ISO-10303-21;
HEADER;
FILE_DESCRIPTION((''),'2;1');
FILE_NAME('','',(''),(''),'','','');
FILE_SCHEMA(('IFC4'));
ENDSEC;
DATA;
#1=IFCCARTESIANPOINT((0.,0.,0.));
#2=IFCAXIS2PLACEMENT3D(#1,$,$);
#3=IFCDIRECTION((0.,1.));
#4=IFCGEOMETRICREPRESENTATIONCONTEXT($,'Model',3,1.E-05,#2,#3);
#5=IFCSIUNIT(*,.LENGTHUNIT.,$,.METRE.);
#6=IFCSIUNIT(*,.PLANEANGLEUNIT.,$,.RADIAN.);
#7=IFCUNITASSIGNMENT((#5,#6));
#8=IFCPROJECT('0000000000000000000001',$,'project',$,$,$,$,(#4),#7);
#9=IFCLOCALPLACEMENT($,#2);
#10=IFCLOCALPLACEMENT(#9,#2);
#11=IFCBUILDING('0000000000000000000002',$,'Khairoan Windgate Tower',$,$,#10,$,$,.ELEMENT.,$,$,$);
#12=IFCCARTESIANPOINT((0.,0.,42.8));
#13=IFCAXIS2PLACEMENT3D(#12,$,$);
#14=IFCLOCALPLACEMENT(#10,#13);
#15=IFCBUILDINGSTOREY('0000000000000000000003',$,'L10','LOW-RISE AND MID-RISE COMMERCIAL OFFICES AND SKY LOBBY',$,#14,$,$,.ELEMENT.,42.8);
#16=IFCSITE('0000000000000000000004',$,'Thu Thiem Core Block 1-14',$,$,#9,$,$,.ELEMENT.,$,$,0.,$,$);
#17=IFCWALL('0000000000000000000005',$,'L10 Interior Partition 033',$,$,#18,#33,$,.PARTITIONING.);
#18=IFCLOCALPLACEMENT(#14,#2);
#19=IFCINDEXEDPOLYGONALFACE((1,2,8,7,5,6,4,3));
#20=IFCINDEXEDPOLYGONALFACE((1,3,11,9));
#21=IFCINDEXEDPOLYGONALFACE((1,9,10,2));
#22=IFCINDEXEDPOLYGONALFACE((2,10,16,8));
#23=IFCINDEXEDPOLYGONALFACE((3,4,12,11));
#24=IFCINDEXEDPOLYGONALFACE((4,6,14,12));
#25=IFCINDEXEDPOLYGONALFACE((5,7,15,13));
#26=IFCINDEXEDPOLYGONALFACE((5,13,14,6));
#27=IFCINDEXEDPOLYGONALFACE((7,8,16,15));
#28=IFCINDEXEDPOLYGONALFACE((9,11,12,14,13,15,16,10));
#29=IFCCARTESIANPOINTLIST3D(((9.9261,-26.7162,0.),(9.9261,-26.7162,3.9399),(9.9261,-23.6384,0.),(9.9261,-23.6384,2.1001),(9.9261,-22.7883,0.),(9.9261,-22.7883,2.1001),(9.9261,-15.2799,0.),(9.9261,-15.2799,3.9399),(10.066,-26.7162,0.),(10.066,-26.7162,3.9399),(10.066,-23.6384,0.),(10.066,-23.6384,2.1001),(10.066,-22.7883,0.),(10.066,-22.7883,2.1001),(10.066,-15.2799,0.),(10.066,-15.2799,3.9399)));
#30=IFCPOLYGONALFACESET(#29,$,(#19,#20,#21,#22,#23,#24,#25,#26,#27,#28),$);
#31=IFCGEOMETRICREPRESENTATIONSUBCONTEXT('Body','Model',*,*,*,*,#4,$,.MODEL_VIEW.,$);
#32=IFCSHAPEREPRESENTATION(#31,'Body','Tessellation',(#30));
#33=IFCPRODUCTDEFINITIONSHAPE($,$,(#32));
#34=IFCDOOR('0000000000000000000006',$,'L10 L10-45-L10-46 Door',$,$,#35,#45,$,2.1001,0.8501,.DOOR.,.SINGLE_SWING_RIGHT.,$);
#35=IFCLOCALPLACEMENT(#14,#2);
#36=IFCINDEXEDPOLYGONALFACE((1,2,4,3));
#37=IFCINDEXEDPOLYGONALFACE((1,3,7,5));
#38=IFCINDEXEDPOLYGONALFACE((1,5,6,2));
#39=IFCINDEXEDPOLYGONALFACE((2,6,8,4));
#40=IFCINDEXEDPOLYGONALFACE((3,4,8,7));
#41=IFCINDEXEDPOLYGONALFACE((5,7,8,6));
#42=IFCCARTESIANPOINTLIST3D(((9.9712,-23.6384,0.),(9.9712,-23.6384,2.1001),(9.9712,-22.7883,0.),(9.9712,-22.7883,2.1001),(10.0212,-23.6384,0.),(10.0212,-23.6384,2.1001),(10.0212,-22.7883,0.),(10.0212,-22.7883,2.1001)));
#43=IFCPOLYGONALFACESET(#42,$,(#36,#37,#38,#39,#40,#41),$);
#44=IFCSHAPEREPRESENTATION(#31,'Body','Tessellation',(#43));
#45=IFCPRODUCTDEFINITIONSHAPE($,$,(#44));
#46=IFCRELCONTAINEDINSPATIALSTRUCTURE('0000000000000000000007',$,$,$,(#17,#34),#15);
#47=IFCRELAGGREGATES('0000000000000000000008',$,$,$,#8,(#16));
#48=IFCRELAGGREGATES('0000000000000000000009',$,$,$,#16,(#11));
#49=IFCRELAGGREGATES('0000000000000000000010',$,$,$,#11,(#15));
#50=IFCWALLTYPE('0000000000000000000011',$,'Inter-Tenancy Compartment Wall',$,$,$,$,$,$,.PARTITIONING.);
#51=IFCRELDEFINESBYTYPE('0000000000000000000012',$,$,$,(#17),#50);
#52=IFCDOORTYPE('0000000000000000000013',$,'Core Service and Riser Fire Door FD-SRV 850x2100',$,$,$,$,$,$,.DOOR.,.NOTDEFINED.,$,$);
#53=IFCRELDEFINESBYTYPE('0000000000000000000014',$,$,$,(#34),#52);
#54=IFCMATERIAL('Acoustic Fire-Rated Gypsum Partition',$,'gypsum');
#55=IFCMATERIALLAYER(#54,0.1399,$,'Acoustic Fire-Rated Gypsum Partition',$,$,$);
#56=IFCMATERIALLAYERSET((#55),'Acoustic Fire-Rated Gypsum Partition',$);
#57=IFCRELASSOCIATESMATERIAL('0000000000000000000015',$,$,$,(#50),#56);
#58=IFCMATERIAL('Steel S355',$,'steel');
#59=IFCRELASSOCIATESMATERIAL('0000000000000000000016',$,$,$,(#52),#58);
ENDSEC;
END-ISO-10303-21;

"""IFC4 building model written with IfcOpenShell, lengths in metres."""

from ifc_helpers import new_model, si_unit, direction, frame, frame_2d, origin, place, context, subcontext, project, spatial, rectangle, extrude, material, layer, layer_set, type_object, element, fill, save


model = new_model("IFC4")

# Units and contexts
model_context = context("Model", 3, precision=1e-05, world=origin(), true_north=direction((0.0, 1.0)))
body_context = subcontext(model_context, "Body", "Model", "MODEL_VIEW")
ifc_project = project(units=[si_unit("LENGTHUNIT", "METRE"), si_unit("PLANEANGLEUNIT", "RADIAN")], contexts=[model_context])

# Site, building, storey
site_placement = place(None, origin())
site = spatial("IfcSite", under=ifc_project, at=site_placement, Name="Thu Thiem Core Block 1-14", CompositionType="ELEMENT", RefElevation=0.0)
building_placement = place(site_placement, origin())
building = spatial("IfcBuilding", under=site, at=building_placement, Name="Khairoan Windgate Tower", CompositionType="ELEMENT")
storey_placement = place(building_placement, frame((0.0, 0.0, 42.8)))
storey = spatial("IfcBuildingStorey", under=building, at=storey_placement, Name="L10", Description="LOW-RISE AND MID-RISE COMMERCIAL OFFICES AND SKY LOBBY", CompositionType="ELEMENT", Elevation=42.8)

# Wall, opening, door
ifc_material_1 = material(Name="Acoustic Fire-Rated Gypsum Partition", Category="gypsum")
ifc_layer_1 = layer(ifc_material_1, 0.1399, Name="Acoustic Fire-Rated Gypsum Partition")
ifc_layer_set_1 = layer_set([ifc_layer_1], Name="Acoustic Fire-Rated Gypsum Partition")
wall_type_1 = type_object("IfcWallType", Name="Inter-Tenancy Compartment Wall", PredefinedType="PARTITIONING", material=ifc_layer_set_1)
wall_1_placement = place(storey_placement, frame((9.9961, -26.7163, 0.0), z_axis=(0.0, 0.0, 1.0), x_axis=(0.0, 1.0, 0.0)))
wall_1 = element("IfcWall", 1, at=wall_1_placement, inside=storey, type_object=wall_type_1, Name="L10 Interior Partition 033", PredefinedType="PARTITIONING", context=body_context, shape_type="SweptSolid", body=[
    extrude(rectangle(XDim=11.4363, YDim=0.1399, at=frame_2d((5.7183, 0.0))), origin(), (0.0, 0.0, 1.0), 3.9399),
])
opening_1_placement = place(wall_1_placement, frame((3.0779, 0.0, 0.0)))
opening_1 = element("IfcOpeningElement", 2, at=opening_1_placement, cuts=wall_1, PredefinedType="OPENING", context=body_context, shape_type="SweptSolid", body=[
    extrude(rectangle(XDim=0.8501, YDim=2.1001, at=frame_2d((0.425, 1.05))), frame((0.0, 0.0798, 0.0), z_axis=(0.0, -1.0, 0.0), x_axis=(1.0, 0.0, 0.0)), (0.0, 0.0, 1.0), 0.1599),
])
ifc_material_2 = material(Name="Steel S355", Category="steel")
door_type_1 = type_object("IfcDoorType", Name="Core Service and Riser Fire Door FD-SRV 850x2100", OperationType="NOTDEFINED", PredefinedType="DOOR", material=ifc_material_2)
door_1_placement = place(opening_1_placement, origin())
door_1 = element("IfcDoor", 3, at=door_1_placement, inside=storey, type_object=door_type_1, Name="L10 L10-45-L10-46 Door", OperationType="SINGLE_SWING_RIGHT", OverallHeight=2.1001, OverallWidth=0.8501, PredefinedType="DOOR", context=body_context, shape_type="SweptSolid", body=[
    extrude(rectangle(XDim=0.8501, YDim=2.1001, at=frame_2d((0.425, 1.05))), frame((0.0, 0.0249, 0.0), z_axis=(0.0, -1.0, 0.0), x_axis=(1.0, 0.0, 0.0)), (0.0, 0.0, 1.0), 0.05),
])
fill(opening_1, door_1)

save(model, "model.ifc")
